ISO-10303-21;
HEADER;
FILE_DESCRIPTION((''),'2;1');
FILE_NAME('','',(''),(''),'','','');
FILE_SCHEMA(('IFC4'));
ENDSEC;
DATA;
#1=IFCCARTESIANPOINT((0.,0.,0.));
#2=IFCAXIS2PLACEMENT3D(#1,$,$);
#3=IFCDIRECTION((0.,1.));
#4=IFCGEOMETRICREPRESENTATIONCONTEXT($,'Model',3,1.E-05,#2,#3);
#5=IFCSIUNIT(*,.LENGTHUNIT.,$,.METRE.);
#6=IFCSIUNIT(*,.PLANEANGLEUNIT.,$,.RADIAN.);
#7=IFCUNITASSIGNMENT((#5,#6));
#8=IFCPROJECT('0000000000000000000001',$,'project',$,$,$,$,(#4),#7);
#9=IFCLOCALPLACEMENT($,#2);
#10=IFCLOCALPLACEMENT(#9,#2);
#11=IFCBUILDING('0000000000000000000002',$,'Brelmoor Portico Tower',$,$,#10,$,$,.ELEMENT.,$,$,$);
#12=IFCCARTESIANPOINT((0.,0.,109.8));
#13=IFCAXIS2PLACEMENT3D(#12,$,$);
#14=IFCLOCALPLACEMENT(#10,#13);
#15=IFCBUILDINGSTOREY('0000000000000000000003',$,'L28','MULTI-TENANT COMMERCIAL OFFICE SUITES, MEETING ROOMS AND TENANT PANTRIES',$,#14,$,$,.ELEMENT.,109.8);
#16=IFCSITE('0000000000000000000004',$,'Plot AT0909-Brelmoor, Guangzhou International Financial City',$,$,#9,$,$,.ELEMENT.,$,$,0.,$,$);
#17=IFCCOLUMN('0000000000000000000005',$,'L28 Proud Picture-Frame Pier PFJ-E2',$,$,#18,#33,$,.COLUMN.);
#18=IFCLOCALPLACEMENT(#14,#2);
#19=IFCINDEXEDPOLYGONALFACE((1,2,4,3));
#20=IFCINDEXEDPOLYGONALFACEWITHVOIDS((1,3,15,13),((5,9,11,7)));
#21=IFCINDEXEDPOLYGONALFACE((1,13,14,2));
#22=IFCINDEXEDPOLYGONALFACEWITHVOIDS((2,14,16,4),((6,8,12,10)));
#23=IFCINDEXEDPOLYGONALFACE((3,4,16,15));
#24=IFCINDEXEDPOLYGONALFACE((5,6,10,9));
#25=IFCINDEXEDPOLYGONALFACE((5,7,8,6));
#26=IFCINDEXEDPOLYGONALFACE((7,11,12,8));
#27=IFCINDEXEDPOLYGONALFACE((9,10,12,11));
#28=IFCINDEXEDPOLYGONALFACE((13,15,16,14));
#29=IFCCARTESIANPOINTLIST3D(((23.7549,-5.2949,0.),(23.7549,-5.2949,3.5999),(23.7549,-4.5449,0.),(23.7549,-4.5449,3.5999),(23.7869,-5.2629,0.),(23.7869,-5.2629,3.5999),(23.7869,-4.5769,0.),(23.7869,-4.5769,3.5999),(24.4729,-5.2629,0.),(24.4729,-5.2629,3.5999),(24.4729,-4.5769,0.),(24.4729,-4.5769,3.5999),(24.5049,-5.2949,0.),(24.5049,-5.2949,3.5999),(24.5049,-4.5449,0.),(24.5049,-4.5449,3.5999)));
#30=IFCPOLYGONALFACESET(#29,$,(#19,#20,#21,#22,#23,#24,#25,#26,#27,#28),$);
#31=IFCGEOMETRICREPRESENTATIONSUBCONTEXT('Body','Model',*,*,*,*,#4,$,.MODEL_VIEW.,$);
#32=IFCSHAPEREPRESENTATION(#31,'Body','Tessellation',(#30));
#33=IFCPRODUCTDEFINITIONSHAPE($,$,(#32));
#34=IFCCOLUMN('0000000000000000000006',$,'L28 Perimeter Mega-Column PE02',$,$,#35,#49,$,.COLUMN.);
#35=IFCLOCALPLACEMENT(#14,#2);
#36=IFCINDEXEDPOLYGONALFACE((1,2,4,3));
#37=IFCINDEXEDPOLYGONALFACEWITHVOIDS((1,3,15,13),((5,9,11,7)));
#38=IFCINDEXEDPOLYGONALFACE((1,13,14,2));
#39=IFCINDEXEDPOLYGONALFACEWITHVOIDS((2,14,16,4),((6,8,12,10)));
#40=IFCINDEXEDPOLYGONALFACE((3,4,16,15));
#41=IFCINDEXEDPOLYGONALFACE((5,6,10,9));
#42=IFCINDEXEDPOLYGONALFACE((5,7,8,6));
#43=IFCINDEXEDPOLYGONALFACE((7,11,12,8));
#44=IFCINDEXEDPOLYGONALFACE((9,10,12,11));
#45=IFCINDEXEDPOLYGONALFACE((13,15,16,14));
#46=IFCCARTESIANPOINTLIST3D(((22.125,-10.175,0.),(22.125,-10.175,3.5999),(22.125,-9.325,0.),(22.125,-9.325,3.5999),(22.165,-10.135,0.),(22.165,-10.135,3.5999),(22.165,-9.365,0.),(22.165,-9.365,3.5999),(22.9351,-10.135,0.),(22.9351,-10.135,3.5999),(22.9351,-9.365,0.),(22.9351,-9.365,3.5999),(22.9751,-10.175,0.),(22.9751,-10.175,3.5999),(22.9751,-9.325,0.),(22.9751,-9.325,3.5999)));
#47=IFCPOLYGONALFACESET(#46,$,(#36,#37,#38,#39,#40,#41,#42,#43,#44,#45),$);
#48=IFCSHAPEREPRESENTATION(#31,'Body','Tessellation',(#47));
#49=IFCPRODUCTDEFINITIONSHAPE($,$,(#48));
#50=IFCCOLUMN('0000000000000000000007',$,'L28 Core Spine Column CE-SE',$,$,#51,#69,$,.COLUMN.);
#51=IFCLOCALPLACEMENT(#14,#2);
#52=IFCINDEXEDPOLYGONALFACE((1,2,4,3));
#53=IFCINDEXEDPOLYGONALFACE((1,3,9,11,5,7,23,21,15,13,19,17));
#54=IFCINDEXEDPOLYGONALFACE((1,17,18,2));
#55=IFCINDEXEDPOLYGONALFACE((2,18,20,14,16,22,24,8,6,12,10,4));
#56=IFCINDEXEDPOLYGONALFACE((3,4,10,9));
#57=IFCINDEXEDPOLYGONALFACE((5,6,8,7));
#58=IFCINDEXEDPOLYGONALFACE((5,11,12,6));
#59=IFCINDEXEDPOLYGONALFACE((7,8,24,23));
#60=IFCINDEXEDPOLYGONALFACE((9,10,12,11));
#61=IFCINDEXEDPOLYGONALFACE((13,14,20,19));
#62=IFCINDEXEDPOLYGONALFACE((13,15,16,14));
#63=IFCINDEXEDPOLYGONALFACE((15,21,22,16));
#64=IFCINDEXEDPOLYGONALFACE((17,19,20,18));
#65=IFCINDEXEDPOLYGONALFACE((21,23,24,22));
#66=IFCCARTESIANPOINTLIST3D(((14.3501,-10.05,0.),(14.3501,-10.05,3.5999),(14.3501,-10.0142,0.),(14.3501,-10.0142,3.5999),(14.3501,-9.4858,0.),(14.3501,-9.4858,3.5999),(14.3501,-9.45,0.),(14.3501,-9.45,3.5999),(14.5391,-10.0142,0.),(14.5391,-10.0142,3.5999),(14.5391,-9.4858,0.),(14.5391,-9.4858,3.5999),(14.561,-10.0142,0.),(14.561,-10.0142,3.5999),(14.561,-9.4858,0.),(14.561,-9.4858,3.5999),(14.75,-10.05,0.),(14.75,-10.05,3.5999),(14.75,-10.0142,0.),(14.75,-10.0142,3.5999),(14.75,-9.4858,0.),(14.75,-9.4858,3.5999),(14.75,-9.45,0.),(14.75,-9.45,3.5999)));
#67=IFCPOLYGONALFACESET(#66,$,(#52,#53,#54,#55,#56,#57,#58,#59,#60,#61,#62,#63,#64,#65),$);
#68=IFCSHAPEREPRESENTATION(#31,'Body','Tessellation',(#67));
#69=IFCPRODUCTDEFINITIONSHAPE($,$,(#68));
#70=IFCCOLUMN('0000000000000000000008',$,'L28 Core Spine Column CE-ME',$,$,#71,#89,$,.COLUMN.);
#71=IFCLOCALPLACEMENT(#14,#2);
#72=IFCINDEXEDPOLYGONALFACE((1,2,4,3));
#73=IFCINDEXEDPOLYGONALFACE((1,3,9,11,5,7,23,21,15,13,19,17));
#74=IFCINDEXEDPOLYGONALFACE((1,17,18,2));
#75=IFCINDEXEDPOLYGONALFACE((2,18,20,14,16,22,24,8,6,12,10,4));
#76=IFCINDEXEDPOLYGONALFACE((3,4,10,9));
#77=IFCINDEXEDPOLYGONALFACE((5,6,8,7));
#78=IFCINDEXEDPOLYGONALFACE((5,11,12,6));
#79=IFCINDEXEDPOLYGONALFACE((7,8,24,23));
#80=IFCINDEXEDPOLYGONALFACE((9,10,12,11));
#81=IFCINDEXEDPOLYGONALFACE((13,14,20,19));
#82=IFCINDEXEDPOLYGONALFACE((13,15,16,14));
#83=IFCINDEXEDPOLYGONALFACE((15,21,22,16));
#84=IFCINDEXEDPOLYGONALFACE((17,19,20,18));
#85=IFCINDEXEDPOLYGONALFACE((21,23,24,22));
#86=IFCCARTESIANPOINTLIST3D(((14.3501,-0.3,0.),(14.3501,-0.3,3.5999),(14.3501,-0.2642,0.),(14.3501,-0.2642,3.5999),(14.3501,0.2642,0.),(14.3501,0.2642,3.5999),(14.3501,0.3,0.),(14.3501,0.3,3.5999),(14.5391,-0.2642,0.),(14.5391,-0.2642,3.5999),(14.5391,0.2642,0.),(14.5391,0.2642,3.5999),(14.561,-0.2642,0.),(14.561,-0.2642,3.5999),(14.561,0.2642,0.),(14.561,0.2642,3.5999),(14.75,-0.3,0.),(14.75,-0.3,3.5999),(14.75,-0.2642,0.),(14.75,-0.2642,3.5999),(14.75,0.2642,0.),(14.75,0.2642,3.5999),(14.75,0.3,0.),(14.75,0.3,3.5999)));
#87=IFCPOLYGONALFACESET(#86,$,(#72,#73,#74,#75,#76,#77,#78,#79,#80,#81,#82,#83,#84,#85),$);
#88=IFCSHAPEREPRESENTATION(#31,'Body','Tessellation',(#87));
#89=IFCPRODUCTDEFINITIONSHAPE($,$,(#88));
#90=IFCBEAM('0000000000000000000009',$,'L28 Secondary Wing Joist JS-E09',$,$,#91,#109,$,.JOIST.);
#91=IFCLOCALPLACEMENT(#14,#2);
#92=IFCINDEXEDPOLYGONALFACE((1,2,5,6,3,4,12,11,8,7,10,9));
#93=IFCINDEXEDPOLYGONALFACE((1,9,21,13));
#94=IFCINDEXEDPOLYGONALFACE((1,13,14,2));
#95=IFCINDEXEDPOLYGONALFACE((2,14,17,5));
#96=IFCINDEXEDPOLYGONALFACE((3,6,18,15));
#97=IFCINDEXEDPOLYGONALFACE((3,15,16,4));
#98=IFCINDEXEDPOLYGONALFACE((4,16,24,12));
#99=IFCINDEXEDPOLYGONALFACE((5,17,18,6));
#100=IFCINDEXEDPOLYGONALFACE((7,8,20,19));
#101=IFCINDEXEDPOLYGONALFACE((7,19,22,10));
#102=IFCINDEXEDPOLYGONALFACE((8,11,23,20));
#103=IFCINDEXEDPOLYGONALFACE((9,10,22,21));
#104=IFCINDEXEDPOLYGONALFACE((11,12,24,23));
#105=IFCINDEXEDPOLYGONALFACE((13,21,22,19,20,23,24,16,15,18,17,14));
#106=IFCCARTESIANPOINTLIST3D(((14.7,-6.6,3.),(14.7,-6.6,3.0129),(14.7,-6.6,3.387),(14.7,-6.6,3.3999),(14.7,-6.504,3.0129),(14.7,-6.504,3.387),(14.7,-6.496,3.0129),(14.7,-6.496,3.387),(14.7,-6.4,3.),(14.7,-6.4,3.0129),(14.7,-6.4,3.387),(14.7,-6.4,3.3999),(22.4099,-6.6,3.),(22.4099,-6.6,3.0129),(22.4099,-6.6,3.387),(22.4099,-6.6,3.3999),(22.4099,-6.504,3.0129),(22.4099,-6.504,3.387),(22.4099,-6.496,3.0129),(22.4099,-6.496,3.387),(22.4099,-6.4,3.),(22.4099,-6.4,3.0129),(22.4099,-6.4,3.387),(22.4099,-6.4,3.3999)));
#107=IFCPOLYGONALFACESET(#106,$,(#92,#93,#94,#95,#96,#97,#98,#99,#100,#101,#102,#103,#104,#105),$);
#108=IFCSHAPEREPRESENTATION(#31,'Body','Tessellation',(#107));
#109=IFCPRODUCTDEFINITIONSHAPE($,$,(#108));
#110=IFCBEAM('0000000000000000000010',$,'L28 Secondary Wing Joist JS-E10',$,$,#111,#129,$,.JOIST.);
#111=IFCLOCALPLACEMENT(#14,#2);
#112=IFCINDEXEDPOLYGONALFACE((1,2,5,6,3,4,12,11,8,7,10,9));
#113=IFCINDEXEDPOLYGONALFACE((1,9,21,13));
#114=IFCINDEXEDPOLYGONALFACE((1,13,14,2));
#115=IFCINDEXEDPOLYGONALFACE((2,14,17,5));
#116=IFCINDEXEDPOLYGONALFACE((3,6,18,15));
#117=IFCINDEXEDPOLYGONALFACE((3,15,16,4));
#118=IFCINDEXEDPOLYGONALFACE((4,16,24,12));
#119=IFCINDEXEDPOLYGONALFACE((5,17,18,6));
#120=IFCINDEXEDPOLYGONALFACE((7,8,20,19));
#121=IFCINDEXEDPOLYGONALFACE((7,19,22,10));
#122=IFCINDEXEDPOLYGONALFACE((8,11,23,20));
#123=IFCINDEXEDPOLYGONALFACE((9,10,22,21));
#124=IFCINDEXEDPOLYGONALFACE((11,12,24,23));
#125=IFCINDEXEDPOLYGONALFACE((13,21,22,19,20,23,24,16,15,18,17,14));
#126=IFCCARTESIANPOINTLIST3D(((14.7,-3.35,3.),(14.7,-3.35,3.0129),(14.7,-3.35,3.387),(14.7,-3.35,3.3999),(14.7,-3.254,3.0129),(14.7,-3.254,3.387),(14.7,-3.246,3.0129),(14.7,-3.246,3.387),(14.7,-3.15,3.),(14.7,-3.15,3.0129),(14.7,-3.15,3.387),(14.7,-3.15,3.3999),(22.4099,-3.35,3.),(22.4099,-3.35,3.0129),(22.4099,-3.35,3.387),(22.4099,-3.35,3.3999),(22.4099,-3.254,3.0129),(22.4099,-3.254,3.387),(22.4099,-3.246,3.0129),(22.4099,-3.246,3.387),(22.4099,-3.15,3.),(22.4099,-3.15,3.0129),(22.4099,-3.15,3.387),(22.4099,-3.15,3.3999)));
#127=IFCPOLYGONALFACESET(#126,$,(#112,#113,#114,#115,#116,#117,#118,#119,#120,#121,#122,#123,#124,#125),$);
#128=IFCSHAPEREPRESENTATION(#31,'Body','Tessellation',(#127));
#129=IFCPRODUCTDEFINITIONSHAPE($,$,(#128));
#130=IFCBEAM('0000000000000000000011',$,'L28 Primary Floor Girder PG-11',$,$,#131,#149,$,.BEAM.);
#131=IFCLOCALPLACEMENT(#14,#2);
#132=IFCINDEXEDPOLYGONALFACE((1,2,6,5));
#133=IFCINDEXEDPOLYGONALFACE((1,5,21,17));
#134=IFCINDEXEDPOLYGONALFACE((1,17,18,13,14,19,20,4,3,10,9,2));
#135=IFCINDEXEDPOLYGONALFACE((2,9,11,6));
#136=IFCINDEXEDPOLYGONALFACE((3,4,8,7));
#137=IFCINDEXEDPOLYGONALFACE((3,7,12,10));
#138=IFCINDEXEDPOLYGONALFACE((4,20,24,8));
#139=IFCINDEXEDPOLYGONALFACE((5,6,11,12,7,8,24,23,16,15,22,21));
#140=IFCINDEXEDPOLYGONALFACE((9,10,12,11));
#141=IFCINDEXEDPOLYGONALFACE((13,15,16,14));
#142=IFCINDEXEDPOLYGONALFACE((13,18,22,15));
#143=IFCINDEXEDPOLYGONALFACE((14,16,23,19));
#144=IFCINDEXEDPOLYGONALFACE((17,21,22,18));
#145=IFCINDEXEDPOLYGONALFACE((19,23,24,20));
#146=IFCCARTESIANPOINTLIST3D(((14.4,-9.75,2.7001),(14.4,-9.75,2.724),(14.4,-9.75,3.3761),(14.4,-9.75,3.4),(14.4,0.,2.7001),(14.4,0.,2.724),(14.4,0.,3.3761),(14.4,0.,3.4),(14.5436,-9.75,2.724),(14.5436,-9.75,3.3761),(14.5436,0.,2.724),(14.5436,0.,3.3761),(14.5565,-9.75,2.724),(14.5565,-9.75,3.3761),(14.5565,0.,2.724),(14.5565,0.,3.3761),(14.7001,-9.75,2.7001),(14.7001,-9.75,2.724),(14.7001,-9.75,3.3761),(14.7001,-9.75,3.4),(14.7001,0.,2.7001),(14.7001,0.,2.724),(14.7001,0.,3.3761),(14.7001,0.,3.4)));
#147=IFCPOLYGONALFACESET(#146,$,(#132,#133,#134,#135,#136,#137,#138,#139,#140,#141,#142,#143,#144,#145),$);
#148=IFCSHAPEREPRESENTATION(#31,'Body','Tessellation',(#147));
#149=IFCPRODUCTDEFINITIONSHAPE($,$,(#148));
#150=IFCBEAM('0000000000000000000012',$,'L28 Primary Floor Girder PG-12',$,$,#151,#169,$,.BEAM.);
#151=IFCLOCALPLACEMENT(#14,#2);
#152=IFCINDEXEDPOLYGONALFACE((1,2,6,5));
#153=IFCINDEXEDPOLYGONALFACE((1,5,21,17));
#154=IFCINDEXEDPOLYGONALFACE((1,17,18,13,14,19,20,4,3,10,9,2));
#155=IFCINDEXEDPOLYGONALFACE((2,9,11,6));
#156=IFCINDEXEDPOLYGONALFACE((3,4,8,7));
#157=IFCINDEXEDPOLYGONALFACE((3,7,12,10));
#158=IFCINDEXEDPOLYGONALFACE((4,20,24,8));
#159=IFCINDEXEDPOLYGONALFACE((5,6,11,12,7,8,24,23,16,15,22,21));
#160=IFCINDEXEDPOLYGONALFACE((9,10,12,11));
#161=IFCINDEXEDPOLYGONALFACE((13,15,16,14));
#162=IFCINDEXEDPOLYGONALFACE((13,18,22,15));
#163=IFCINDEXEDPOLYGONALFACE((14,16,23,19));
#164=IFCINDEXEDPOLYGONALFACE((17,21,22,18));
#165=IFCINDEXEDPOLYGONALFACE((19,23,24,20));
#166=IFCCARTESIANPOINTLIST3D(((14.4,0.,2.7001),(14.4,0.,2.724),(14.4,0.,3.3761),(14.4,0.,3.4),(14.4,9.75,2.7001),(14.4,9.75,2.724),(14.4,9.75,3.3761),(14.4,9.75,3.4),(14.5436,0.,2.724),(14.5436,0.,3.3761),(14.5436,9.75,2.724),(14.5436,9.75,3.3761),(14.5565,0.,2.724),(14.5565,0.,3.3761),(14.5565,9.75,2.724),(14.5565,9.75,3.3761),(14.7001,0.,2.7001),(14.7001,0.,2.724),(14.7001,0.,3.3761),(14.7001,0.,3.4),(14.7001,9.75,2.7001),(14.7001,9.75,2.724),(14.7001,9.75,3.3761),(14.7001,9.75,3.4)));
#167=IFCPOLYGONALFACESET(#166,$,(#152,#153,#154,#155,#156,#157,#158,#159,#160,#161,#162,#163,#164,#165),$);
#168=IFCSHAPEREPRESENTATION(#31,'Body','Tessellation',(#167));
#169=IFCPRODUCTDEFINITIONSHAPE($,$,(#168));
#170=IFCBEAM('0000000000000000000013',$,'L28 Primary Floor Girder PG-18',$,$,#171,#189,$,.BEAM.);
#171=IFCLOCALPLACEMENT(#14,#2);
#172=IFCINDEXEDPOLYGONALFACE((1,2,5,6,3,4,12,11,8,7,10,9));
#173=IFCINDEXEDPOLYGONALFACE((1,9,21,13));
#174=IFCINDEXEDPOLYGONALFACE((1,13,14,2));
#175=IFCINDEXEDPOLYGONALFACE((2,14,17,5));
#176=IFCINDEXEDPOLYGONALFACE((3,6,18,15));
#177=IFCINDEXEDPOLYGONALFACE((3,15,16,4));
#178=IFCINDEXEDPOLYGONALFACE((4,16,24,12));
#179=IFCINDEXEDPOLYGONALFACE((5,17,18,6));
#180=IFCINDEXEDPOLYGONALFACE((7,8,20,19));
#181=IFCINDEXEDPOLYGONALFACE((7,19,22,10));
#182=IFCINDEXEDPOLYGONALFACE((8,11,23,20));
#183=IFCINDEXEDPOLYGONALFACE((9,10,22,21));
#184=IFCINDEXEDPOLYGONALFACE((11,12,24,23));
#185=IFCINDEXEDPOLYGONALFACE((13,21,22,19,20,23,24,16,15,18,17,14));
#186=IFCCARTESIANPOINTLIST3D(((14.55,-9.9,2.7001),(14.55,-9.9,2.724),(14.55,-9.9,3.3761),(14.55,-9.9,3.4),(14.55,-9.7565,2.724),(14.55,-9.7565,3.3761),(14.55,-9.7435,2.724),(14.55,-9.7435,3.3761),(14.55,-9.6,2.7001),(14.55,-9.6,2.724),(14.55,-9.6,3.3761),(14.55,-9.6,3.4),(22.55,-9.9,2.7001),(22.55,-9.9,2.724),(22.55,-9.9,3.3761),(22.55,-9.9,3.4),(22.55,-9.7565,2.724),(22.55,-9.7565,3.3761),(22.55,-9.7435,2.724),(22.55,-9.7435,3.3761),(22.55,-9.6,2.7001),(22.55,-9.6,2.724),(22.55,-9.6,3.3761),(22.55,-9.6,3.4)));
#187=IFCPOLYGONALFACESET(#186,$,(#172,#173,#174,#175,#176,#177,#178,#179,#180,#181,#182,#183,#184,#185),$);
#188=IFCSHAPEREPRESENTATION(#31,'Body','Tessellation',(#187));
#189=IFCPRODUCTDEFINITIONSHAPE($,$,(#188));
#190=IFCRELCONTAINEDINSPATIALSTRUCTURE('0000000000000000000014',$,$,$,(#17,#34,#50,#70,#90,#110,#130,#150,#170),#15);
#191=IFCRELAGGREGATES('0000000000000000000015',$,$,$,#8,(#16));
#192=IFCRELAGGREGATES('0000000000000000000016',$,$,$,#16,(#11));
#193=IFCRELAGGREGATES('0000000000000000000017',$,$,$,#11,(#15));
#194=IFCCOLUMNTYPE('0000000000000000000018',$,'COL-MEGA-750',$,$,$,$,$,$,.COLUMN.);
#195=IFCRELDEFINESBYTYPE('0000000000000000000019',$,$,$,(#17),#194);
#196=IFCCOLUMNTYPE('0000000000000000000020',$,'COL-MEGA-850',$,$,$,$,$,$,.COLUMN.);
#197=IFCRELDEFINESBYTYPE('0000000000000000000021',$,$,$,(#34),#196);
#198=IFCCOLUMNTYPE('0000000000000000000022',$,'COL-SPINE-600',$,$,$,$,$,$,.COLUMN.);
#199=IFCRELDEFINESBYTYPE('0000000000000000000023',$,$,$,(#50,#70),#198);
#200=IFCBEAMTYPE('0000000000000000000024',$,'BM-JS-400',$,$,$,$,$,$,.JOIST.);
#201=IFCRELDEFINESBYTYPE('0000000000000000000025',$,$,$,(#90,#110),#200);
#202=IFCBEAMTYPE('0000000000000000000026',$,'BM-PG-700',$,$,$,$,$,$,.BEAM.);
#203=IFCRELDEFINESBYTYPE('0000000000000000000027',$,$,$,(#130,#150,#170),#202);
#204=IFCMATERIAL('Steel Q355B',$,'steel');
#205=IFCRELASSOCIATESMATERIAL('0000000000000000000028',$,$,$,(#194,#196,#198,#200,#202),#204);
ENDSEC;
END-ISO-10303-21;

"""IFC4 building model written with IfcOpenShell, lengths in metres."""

from ifc_helpers import new_model, si_unit, direction, frame, origin, origin_2d, place, context, subcontext, project, spatial, hollow_rectangle, i_section, extrude, material, material_profile, profile_set, type_object, element, save


model = new_model("IFC4")

# Units and contexts
model_context = context("Model", 3, precision=1e-05, world=origin(), true_north=direction((0.0, 1.0)))
body_context = subcontext(model_context, "Body", "Model", "MODEL_VIEW")
ifc_project = project(units=[si_unit("LENGTHUNIT", "METRE"), si_unit("PLANEANGLEUNIT", "RADIAN")], contexts=[model_context])

# Site, building, storey
site_placement = place(None, origin())
site = spatial("IfcSite", under=ifc_project, at=site_placement, Name="Plot AT0909-Brelmoor, Guangzhou International Financial City", CompositionType="ELEMENT", RefElevation=0.0)
building_placement = place(site_placement, origin())
building = spatial("IfcBuilding", under=site, at=building_placement, Name="Brelmoor Portico Tower", CompositionType="ELEMENT")
storey_placement = place(building_placement, frame((0.0, 0.0, 109.8)))
storey = spatial("IfcBuildingStorey", under=building, at=storey_placement, Name="L28", Description="MULTI-TENANT COMMERCIAL OFFICE SUITES, MEETING ROOMS AND TENANT PANTRIES", CompositionType="ELEMENT", Elevation=109.8)

# Columns
ifc_material_1 = material(Name="Steel Q355B", Category="steel")
ifc_material_profile_1 = material_profile(ifc_material_1, hollow_rectangle(XDim=0.75, YDim=0.75, WallThickness=0.032, at=origin_2d()), Name="BOX 750x750x32")
ifc_profile_set_1 = profile_set([ifc_material_profile_1], Name="Steel Q355B")
column_type_1 = type_object("IfcColumnType", Name="COL-MEGA-750", PredefinedType="COLUMN", material=ifc_profile_set_1)
column_1_placement = place(storey_placement, frame((24.1299, -4.9199, 0.0), z_axis=(0.0, 0.0, 1.0), x_axis=(0.0, 1.0, 0.0)))
element("IfcColumn", 1, at=column_1_placement, inside=storey, type_object=column_type_1, Name="L28 Proud Picture-Frame Pier PFJ-E2", PredefinedType="COLUMN", context=body_context, shape_type="SweptSolid", body=[
    extrude(hollow_rectangle(XDim=0.75, YDim=0.75, WallThickness=0.032, at=origin_2d()), origin(), (0.0, 0.0, 1.0), 3.5999),
])
ifc_material_profile_2 = material_profile(ifc_material_1, hollow_rectangle(XDim=0.8501, YDim=0.8501, WallThickness=0.04, at=origin_2d()), Name="BOX 850x850x40")
ifc_profile_set_2 = profile_set([ifc_material_profile_2], Name="Steel Q355B")
column_type_2 = type_object("IfcColumnType", Name="COL-MEGA-850", PredefinedType="COLUMN", material=ifc_profile_set_2)
column_2_placement = place(storey_placement, frame((22.55, -9.75, 0.0), z_axis=(0.0, 0.0, 1.0), x_axis=(0.0, 1.0, 0.0)))
element("IfcColumn", 2, at=column_2_placement, inside=storey, type_object=column_type_2, Name="L28 Perimeter Mega-Column PE02", PredefinedType="COLUMN", context=body_context, shape_type="SweptSolid", body=[
    extrude(hollow_rectangle(XDim=0.8501, YDim=0.8501, WallThickness=0.04, at=origin_2d()), origin(), (0.0, 0.0, 1.0), 3.5999),
])
ifc_material_profile_3 = material_profile(ifc_material_1, i_section(OverallWidth=0.3999, OverallDepth=0.6001, WebThickness=0.022, FlangeThickness=0.0359, at=origin_2d()), Name="HW 600x400x22x36")
ifc_profile_set_3 = profile_set([ifc_material_profile_3], Name="Steel Q355B")
column_type_3 = type_object("IfcColumnType", Name="COL-SPINE-600", PredefinedType="COLUMN", material=ifc_profile_set_3)
for number, where, z_axis, x_axis, name in (
    (3, (14.55, -9.75, 0.0), (0.0, 0.0, 1.0), (1.0, 0.0, 0.0), "L28 Core Spine Column CE-SE"),
    (4, (14.55, 0.0, 0.0), (0.0, 0.0, 1.0), (1.0, 0.0, 0.0), "L28 Core Spine Column CE-ME"),
):
    element("IfcColumn", number, at=place(storey_placement, frame(where, z_axis=z_axis, x_axis=x_axis)), inside=storey, type_object=column_type_3, Name=name, PredefinedType="COLUMN", context=body_context, shape_type="SweptSolid", body=[
        extrude(i_section(OverallWidth=0.3999, OverallDepth=0.6001, WebThickness=0.022, FlangeThickness=0.0359, at=origin_2d()), origin(), (0.0, 0.0, 1.0), 3.5999),
    ])

# Beams
ifc_material_profile_4 = material_profile(ifc_material_1, i_section(OverallWidth=0.2, OverallDepth=0.3999, WebThickness=0.0081, FlangeThickness=0.0129, at=origin_2d()), Name="HN 400x200x8x13")
ifc_profile_set_4 = profile_set([ifc_material_profile_4], Name="Steel Q355B")
beam_type_1 = type_object("IfcBeamType", Name="BM-JS-400", PredefinedType="JOIST", material=ifc_profile_set_4)
for number, where, z_axis, x_axis, name in (
    (5, (14.7, -6.5, 3.2), (1.0, 0.0, 0.0), (0.0, 1.0, 0.0), "L28 Secondary Wing Joist JS-E09"),
    (6, (14.7, -3.25, 3.2), (1.0, 0.0, 0.0), (0.0, 1.0, 0.0), "L28 Secondary Wing Joist JS-E10"),
):
    element("IfcBeam", number, at=place(storey_placement, frame(where, z_axis=z_axis, x_axis=x_axis)), inside=storey, type_object=beam_type_1, Name=name, PredefinedType="JOIST", context=body_context, shape_type="SweptSolid", body=[
        extrude(i_section(OverallWidth=0.2, OverallDepth=0.3999, WebThickness=0.0081, FlangeThickness=0.0129, at=origin_2d()), origin(), (0.0, 0.0, 1.0), 7.71),
    ])
ifc_material_profile_5 = material_profile(ifc_material_1, i_section(OverallWidth=0.3, OverallDepth=0.7, WebThickness=0.0129, FlangeThickness=0.0239, at=origin_2d()), Name="HN 700x300x13x24")
ifc_profile_set_5 = profile_set([ifc_material_profile_5], Name="Steel Q355B")
beam_type_2 = type_object("IfcBeamType", Name="BM-PG-700", PredefinedType="BEAM", material=ifc_profile_set_5)
for number, where, z_axis, x_axis, name in (
    (7, (14.55, -9.75, 3.05), (0.0, 1.0, 0.0), (-1.0, 0.0, 0.0), "L28 Primary Floor Girder PG-11"),
    (8, (14.55, 0.0, 3.05), (0.0, 1.0, 0.0), (-1.0, 0.0, 0.0), "L28 Primary Floor Girder PG-12"),
):
    element("IfcBeam", number, at=place(storey_placement, frame(where, z_axis=z_axis, x_axis=x_axis)), inside=storey, type_object=beam_type_2, Name=name, PredefinedType="BEAM", context=body_context, shape_type="SweptSolid", body=[
        extrude(i_section(OverallWidth=0.3, OverallDepth=0.7, WebThickness=0.0129, FlangeThickness=0.0239, at=origin_2d()), origin(), (0.0, 0.0, 1.0), 9.75),
    ])
beam_1_placement = place(storey_placement, frame((14.55, -9.75, 3.05), z_axis=(1.0, 0.0, 0.0), x_axis=(0.0, 1.0, 0.0)))
element("IfcBeam", 9, at=beam_1_placement, inside=storey, type_object=beam_type_2, Name="L28 Primary Floor Girder PG-18", PredefinedType="BEAM", context=body_context, shape_type="SweptSolid", body=[
    extrude(i_section(OverallWidth=0.3, OverallDepth=0.7, WebThickness=0.0129, FlangeThickness=0.0239, at=origin_2d()), origin(), (0.0, 0.0, 1.0), 8.0),
])

save(model, "model.ifc")
